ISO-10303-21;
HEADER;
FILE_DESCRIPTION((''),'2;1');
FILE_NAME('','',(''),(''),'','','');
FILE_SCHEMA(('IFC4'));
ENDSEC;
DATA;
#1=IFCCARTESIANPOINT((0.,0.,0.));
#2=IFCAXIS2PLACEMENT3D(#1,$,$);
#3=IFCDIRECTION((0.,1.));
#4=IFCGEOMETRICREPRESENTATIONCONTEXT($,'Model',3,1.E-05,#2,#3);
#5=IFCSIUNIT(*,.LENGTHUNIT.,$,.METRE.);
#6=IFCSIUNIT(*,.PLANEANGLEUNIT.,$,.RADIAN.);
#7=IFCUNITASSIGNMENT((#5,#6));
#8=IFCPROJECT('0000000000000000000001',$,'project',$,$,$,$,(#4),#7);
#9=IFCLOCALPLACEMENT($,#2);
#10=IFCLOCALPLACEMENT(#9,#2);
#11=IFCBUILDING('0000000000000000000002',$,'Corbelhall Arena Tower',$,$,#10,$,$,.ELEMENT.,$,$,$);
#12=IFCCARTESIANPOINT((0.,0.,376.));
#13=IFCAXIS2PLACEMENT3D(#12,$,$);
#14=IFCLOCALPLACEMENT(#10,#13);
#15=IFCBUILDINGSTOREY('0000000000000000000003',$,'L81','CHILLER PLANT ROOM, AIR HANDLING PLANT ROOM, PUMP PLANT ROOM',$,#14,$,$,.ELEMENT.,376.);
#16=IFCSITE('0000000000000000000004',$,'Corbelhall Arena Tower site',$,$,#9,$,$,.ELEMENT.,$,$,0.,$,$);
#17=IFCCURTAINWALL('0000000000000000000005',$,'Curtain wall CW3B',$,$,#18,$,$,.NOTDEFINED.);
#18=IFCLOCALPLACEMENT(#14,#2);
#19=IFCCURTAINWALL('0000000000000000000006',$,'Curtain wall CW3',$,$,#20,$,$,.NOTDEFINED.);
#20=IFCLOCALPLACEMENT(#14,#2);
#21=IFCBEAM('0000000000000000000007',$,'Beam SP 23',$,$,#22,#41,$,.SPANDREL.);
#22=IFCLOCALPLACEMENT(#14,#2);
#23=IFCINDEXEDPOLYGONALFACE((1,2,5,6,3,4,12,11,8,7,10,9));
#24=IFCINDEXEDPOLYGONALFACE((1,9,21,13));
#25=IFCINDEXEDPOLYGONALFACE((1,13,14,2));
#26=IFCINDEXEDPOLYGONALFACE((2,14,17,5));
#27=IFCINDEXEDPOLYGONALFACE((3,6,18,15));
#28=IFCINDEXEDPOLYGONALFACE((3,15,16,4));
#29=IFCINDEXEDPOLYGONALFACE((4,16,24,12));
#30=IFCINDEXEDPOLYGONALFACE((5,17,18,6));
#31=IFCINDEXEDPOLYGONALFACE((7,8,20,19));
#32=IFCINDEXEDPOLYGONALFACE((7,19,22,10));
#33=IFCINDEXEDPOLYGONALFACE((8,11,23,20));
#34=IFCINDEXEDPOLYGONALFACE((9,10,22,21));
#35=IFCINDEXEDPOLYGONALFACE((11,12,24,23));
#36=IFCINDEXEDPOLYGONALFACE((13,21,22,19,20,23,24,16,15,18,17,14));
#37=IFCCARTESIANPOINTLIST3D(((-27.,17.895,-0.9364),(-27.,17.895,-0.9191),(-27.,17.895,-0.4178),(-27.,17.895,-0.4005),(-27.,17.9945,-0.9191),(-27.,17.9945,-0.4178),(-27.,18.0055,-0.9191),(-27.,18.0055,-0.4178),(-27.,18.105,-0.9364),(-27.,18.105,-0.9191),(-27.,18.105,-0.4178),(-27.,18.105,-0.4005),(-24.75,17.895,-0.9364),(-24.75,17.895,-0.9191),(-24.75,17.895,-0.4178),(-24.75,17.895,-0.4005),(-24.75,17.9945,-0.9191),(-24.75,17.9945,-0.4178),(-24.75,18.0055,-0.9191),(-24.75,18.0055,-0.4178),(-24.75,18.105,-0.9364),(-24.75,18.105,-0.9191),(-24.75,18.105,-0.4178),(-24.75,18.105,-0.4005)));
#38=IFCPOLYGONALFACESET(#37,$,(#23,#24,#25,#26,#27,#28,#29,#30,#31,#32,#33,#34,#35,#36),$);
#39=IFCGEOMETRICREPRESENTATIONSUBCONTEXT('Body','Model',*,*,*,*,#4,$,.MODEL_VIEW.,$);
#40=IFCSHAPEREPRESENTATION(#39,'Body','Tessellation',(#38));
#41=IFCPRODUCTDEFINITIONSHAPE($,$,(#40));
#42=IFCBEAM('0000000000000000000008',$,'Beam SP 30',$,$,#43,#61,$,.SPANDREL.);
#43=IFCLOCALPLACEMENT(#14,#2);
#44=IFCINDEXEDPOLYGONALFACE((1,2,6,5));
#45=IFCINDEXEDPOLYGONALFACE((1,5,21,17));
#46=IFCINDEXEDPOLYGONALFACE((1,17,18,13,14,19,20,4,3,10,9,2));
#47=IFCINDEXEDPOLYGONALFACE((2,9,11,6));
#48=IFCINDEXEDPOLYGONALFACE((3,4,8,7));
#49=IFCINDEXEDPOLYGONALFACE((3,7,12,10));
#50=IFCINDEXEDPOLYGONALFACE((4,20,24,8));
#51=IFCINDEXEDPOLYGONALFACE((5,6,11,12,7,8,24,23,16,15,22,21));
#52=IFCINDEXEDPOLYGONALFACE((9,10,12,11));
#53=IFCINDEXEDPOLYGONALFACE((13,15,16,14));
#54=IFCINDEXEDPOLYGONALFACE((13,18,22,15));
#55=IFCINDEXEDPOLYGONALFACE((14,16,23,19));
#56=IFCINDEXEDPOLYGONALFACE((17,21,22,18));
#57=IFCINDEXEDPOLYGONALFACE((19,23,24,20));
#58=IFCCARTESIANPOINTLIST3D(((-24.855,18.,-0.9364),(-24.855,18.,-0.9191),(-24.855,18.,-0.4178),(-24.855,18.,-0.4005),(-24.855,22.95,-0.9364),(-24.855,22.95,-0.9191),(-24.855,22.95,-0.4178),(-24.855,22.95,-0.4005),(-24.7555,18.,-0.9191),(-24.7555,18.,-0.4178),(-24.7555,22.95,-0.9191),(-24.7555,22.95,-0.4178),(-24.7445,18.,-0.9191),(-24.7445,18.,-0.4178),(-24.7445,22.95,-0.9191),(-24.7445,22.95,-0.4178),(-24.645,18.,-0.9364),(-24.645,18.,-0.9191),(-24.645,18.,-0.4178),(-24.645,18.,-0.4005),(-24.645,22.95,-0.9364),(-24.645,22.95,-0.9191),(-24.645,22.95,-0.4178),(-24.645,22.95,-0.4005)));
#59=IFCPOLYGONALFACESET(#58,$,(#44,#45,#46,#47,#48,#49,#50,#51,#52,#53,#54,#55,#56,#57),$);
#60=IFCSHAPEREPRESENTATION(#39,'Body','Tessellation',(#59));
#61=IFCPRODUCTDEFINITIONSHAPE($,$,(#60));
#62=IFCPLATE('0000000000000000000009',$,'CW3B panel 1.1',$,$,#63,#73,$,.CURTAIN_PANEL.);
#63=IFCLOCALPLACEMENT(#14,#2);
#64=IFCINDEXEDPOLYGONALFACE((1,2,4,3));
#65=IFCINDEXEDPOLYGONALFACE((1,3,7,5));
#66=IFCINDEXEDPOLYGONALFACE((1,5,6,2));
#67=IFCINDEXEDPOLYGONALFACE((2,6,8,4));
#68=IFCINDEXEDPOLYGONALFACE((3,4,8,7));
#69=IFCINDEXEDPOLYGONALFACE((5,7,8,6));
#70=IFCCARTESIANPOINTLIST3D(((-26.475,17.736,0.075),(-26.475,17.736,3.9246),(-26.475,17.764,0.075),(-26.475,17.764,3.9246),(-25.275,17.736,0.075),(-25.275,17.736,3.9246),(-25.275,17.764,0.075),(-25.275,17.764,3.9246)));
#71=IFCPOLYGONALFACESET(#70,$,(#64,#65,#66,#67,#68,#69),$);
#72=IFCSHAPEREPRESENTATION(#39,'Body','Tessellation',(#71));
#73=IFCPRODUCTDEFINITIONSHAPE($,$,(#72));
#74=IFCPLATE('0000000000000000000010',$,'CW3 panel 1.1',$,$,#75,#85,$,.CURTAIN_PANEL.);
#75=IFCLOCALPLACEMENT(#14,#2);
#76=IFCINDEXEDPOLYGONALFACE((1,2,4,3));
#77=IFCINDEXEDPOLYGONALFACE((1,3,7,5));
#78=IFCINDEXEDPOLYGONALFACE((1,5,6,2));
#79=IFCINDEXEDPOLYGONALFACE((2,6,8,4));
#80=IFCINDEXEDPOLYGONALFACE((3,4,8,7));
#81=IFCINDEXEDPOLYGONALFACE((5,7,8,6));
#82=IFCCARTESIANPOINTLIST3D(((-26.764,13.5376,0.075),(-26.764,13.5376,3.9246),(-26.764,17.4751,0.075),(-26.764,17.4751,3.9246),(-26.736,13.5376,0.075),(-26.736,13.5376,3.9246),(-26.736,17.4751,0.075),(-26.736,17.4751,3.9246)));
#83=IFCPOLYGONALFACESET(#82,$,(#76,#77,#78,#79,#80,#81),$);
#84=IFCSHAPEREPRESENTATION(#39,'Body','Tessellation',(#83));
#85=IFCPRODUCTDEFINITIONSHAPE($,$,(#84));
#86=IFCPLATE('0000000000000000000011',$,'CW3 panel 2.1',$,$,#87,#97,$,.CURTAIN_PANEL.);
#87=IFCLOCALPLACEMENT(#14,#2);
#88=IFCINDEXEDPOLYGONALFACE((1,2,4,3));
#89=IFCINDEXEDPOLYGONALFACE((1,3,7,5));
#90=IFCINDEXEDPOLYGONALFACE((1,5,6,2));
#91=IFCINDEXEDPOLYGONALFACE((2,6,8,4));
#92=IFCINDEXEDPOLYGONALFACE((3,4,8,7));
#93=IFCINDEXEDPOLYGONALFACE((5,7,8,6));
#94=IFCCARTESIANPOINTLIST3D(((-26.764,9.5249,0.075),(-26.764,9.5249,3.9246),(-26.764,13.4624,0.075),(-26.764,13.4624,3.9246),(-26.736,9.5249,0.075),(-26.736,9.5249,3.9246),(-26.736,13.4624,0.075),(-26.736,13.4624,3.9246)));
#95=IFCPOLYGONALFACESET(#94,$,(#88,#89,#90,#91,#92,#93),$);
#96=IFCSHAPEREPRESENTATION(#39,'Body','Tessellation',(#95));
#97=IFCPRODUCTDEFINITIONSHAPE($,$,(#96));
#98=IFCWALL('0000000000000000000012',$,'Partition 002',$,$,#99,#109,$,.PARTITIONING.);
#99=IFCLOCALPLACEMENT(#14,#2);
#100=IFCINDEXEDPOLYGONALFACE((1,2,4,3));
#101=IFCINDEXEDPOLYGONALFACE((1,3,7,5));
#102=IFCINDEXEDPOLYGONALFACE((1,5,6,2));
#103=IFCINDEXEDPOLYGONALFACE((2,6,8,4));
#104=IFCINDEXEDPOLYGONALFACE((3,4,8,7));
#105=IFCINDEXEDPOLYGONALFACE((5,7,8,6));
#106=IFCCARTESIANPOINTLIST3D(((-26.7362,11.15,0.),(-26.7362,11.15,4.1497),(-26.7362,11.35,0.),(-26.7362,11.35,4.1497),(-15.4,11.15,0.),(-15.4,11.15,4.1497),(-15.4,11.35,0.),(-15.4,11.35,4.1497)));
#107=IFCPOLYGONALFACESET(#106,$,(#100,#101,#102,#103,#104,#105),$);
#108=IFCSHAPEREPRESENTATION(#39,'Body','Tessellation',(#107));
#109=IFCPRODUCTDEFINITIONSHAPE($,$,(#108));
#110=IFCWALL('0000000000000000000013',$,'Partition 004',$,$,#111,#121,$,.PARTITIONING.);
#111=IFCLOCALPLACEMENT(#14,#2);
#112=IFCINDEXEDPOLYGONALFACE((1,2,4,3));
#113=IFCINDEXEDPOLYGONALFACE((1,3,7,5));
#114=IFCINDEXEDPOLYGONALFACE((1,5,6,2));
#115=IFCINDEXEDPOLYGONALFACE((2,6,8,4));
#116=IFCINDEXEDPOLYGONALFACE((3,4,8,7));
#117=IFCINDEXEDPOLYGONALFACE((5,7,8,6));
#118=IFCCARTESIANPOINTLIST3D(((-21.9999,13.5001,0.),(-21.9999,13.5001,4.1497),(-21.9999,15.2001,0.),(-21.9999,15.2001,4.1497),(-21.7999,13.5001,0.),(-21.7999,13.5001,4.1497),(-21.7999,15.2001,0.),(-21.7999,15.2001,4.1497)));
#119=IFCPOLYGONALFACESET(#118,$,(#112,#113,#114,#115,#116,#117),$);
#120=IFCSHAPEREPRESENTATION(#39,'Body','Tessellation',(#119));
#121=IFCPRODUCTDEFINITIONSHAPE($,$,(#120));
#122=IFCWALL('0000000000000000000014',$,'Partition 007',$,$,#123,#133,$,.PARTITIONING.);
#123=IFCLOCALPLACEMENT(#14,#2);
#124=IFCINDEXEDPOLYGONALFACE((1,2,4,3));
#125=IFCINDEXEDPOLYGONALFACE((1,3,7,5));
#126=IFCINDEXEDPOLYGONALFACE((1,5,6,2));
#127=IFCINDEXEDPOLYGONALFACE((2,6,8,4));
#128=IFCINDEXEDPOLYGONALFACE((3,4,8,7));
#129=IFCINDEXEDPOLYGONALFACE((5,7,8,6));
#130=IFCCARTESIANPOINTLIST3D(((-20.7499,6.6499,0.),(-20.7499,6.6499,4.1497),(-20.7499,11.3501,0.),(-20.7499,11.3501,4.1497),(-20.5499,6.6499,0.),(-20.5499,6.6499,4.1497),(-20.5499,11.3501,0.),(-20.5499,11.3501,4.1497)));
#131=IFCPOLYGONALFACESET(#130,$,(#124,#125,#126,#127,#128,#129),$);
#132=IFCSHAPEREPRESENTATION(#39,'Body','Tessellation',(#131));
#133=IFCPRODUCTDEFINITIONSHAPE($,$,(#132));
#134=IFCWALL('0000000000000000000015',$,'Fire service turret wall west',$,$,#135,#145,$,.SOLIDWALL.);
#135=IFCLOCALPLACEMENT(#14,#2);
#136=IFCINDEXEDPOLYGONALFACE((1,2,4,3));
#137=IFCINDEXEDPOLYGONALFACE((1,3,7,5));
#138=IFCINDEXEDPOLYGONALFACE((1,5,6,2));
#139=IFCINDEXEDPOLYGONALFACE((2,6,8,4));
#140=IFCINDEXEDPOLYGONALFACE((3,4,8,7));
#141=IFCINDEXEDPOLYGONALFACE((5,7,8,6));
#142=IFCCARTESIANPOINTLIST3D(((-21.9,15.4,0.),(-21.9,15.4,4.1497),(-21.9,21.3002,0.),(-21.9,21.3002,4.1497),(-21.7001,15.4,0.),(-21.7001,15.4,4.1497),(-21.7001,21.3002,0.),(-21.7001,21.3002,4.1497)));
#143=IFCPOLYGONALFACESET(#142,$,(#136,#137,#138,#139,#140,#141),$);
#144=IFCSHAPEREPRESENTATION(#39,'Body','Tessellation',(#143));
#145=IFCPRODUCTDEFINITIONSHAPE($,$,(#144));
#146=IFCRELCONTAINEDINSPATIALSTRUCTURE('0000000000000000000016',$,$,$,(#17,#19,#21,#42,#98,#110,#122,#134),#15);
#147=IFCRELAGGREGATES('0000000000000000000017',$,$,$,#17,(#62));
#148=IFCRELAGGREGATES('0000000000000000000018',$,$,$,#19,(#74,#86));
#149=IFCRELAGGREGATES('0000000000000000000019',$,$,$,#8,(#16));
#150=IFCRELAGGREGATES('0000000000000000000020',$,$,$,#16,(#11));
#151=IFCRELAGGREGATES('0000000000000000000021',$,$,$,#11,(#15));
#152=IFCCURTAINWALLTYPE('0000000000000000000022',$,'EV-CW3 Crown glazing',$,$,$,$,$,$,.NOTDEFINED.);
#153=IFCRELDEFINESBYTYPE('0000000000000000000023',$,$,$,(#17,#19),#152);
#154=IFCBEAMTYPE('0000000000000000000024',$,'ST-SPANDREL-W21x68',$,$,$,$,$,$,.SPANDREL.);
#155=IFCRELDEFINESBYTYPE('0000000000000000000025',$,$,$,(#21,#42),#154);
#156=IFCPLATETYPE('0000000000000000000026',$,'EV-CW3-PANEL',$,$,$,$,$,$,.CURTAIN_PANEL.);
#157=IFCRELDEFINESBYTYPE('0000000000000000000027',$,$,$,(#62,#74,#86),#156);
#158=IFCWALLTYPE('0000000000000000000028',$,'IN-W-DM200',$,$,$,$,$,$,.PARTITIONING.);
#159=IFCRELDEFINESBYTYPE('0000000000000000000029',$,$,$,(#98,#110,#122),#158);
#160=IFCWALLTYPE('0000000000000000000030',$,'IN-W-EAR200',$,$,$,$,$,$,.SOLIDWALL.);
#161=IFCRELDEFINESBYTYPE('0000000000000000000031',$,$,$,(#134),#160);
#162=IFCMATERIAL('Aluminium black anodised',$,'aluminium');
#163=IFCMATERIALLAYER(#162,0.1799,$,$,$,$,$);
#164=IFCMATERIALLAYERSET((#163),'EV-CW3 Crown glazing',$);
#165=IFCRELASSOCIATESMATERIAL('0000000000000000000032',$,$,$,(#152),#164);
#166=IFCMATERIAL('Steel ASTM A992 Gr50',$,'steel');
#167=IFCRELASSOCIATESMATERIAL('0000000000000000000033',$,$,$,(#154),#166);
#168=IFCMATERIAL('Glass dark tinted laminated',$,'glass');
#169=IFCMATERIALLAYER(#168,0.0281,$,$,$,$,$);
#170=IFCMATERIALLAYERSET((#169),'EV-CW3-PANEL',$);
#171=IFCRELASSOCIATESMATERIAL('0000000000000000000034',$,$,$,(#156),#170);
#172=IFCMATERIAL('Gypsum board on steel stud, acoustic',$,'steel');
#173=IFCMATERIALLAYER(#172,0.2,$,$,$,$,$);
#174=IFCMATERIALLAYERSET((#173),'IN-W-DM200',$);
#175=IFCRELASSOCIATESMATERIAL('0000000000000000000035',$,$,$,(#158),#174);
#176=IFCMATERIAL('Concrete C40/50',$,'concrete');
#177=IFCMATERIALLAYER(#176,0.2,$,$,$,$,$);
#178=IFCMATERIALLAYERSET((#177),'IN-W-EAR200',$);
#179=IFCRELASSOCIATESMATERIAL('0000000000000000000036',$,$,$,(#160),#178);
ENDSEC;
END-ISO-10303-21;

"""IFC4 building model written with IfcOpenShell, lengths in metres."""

from ifc_helpers import new_model, si_unit, direction, frame, frame_2d, origin, origin_2d, place, context, subcontext, project, spatial, rectangle, i_section, extrude, material, layer, layer_set, material_profile, profile_set, type_object, element, aggregate, save


model = new_model("IFC4")

# Units and contexts
model_context = context("Model", 3, precision=1e-05, world=origin(), true_north=direction((0.0, 1.0)))
body_context = subcontext(model_context, "Body", "Model", "MODEL_VIEW")
ifc_project = project(units=[si_unit("LENGTHUNIT", "METRE"), si_unit("PLANEANGLEUNIT", "RADIAN")], contexts=[model_context])

# Site, building, storey
site_placement = place(None, origin())
site = spatial("IfcSite", under=ifc_project, at=site_placement, Name="Corbelhall Arena Tower site", CompositionType="ELEMENT", RefElevation=0.0)
building_placement = place(site_placement, origin())
building = spatial("IfcBuilding", under=site, at=building_placement, Name="Corbelhall Arena Tower", CompositionType="ELEMENT")
storey_placement = place(building_placement, frame((0.0, 0.0, 376.0)))
storey = spatial("IfcBuildingStorey", under=building, at=storey_placement, Name="L81", Description="CHILLER PLANT ROOM, AIR HANDLING PLANT ROOM, PUMP PLANT ROOM", CompositionType="ELEMENT", Elevation=376.0)

# Curtain walls
ifc_material_1 = material(Name="Aluminium black anodised", Category="aluminium")
ifc_layer_1 = layer(ifc_material_1, 0.1799)
ifc_layer_set_1 = layer_set([ifc_layer_1], Name="EV-CW3 Crown glazing")
curtain_wall_type = type_object("IfcCurtainWallType", Name="EV-CW3 Crown glazing", PredefinedType="NOTDEFINED", material=ifc_layer_set_1)
curtain_wall_1_placement = place(storey_placement, origin())
curtain_wall_1 = element("IfcCurtainWall", 1, at=curtain_wall_1_placement, inside=storey, type_object=curtain_wall_type, Name="Curtain wall CW3B", PredefinedType="NOTDEFINED")
curtain_wall_2_placement = place(storey_placement, origin())
curtain_wall_2 = element("IfcCurtainWall", 2, at=curtain_wall_2_placement, inside=storey, type_object=curtain_wall_type, Name="Curtain wall CW3", PredefinedType="NOTDEFINED")

# Beams
ifc_material_2 = material(Name="Steel ASTM A992 Gr50", Category="steel")
ifc_material_profile_1 = material_profile(ifc_material_2, i_section(OverallWidth=0.21, OverallDepth=0.5359, WebThickness=0.011, FlangeThickness=0.0173, at=origin_2d()))
ifc_profile_set_1 = profile_set([ifc_material_profile_1], Name="Steel ASTM A992 Gr50")
beam_type = type_object("IfcBeamType", Name="ST-SPANDREL-W21x68", PredefinedType="SPANDREL", material=ifc_profile_set_1)
beam_1_placement = place(storey_placement, frame((-27.0, 18.0, -0.6685), z_axis=(1.0, 0.0, 0.0), x_axis=(0.0, 1.0, 0.0)))
element("IfcBeam", 3, at=beam_1_placement, inside=storey, type_object=beam_type, Name="Beam SP 23", PredefinedType="SPANDREL", context=body_context, shape_type="SweptSolid", body=[
    extrude(i_section(OverallWidth=0.21, OverallDepth=0.5359, WebThickness=0.011, FlangeThickness=0.0173, at=origin_2d()), origin(), (0.0, 0.0, 1.0), 2.25),
])
beam_2_placement = place(storey_placement, frame((-24.75, 18.0, -0.6685), z_axis=(0.0, 1.0, 0.0), x_axis=(-1.0, 0.0, 0.0)))
element("IfcBeam", 4, at=beam_2_placement, inside=storey, type_object=beam_type, Name="Beam SP 30", PredefinedType="SPANDREL", context=body_context, shape_type="SweptSolid", body=[
    extrude(i_section(OverallWidth=0.21, OverallDepth=0.5359, WebThickness=0.011, FlangeThickness=0.0173, at=origin_2d()), origin(), (0.0, 0.0, 1.0), 4.95),
])

# Plates
ifc_material_3 = material(Name="Glass dark tinted laminated", Category="glass")
ifc_layer_2 = layer(ifc_material_3, 0.0281)
ifc_layer_set_2 = layer_set([ifc_layer_2], Name="EV-CW3-PANEL")
plate_type = type_object("IfcPlateType", Name="EV-CW3-PANEL", PredefinedType="CURTAIN_PANEL", material=ifc_layer_set_2)
plate_1_placement = place(storey_placement, frame((-25.875, 17.75, 0.075), z_axis=(0.0, 0.0, 1.0), x_axis=(-1.0, 0.0, 0.0)))
plate_1 = element("IfcPlate", 5, at=plate_1_placement, type_object=plate_type, Name="CW3B panel 1.1", PredefinedType="CURTAIN_PANEL", context=body_context, shape_type="SweptSolid", body=[
    extrude(rectangle(XDim=1.2, YDim=0.0281, at=origin_2d()), origin(), (0.0, 0.0, 1.0), 3.8496),
])
aggregate(curtain_wall_1, [plate_1])
plate_2_placement = place(storey_placement, frame((-26.75, 15.5063, 0.075), z_axis=(0.0, 0.0, 1.0), x_axis=(0.0, -1.0, 0.0)))
plate_2 = element("IfcPlate", 6, at=plate_2_placement, type_object=plate_type, Name="CW3 panel 1.1", PredefinedType="CURTAIN_PANEL", context=body_context, shape_type="SweptSolid", body=[
    extrude(rectangle(XDim=3.9375, YDim=0.0281, at=origin_2d()), origin(), (0.0, 0.0, 1.0), 3.8496),
])
plate_3_placement = place(storey_placement, frame((-26.75, 11.4937, 0.075), z_axis=(0.0, 0.0, 1.0), x_axis=(0.0, -1.0, 0.0)))
plate_3 = element("IfcPlate", 7, at=plate_3_placement, type_object=plate_type, Name="CW3 panel 2.1", PredefinedType="CURTAIN_PANEL", context=body_context, shape_type="SweptSolid", body=[
    extrude(rectangle(XDim=3.9375, YDim=0.0281, at=origin_2d()), origin(), (0.0, 0.0, 1.0), 3.8496),
])
aggregate(curtain_wall_2, [plate_2, plate_3])

# Walls
ifc_material_4 = material(Name="Gypsum board on steel stud, acoustic", Category="steel")
ifc_layer_3 = layer(ifc_material_4, 0.2)
ifc_layer_set_3 = layer_set([ifc_layer_3], Name="IN-W-DM200")
wall_type_1 = type_object("IfcWallType", Name="IN-W-DM200", PredefinedType="PARTITIONING", material=ifc_layer_set_3)
wall_1_placement = place(storey_placement, frame((-26.7361, 11.25, 0.0), z_axis=(0.0, 0.0, 1.0), x_axis=(1.0, 0.0, 0.0)))
element("IfcWall", 8, at=wall_1_placement, inside=storey, type_object=wall_type_1, Name="Partition 002", PredefinedType="PARTITIONING", context=body_context, shape_type="SweptSolid", body=[
    extrude(rectangle(XDim=11.3362, YDim=0.2, at=frame_2d((5.668, 0.0))), origin(), (0.0, 0.0, 1.0), 4.1497),
])
wall_2_placement = place(storey_placement, frame((-21.8999, 13.5, 0.0), z_axis=(0.0, 0.0, 1.0), x_axis=(0.0, 1.0, 0.0)))
element("IfcWall", 9, at=wall_2_placement, inside=storey, type_object=wall_type_1, Name="Partition 004", PredefinedType="PARTITIONING", context=body_context, shape_type="SweptSolid", body=[
    extrude(rectangle(XDim=1.7, YDim=0.2, at=frame_2d((0.8501, 0.0))), origin(), (0.0, 0.0, 1.0), 4.1497),
])
wall_3_placement = place(storey_placement, frame((-20.6499, 11.3501, 0.0), z_axis=(0.0, 0.0, 1.0), x_axis=(0.0, -1.0, 0.0)))
element("IfcWall", 10, at=wall_3_placement, inside=storey, type_object=wall_type_1, Name="Partition 007", PredefinedType="PARTITIONING", context=body_context, shape_type="SweptSolid", body=[
    extrude(rectangle(XDim=4.7002, YDim=0.2, at=frame_2d((2.3501, 0.0))), origin(), (0.0, 0.0, 1.0), 4.1497),
])

# Shared definitions
ifc_material_5 = material(Name="Concrete C40/50", Category="concrete")
ifc_layer_4 = layer(ifc_material_5, 0.2)
ifc_layer_set_4 = layer_set([ifc_layer_4], Name="IN-W-EAR200")
wall_type_2 = type_object("IfcWallType", Name="IN-W-EAR200", PredefinedType="SOLIDWALL", material=ifc_layer_set_4)

# Wall
wall_4_placement = place(storey_placement, frame((-21.8, 15.3999, 0.0), z_axis=(0.0, 0.0, 1.0), x_axis=(0.0, 1.0, 0.0)))
element("IfcWall", 11, at=wall_4_placement, inside=storey, type_object=wall_type_2, Name="Fire service turret wall west", PredefinedType="SOLIDWALL", context=body_context, shape_type="SweptSolid", body=[
    extrude(rectangle(XDim=5.9001, YDim=0.2, at=frame_2d((2.9502, 0.0))), origin(), (0.0, 0.0, 1.0), 4.1497),
])

save(model, "model.ifc")
